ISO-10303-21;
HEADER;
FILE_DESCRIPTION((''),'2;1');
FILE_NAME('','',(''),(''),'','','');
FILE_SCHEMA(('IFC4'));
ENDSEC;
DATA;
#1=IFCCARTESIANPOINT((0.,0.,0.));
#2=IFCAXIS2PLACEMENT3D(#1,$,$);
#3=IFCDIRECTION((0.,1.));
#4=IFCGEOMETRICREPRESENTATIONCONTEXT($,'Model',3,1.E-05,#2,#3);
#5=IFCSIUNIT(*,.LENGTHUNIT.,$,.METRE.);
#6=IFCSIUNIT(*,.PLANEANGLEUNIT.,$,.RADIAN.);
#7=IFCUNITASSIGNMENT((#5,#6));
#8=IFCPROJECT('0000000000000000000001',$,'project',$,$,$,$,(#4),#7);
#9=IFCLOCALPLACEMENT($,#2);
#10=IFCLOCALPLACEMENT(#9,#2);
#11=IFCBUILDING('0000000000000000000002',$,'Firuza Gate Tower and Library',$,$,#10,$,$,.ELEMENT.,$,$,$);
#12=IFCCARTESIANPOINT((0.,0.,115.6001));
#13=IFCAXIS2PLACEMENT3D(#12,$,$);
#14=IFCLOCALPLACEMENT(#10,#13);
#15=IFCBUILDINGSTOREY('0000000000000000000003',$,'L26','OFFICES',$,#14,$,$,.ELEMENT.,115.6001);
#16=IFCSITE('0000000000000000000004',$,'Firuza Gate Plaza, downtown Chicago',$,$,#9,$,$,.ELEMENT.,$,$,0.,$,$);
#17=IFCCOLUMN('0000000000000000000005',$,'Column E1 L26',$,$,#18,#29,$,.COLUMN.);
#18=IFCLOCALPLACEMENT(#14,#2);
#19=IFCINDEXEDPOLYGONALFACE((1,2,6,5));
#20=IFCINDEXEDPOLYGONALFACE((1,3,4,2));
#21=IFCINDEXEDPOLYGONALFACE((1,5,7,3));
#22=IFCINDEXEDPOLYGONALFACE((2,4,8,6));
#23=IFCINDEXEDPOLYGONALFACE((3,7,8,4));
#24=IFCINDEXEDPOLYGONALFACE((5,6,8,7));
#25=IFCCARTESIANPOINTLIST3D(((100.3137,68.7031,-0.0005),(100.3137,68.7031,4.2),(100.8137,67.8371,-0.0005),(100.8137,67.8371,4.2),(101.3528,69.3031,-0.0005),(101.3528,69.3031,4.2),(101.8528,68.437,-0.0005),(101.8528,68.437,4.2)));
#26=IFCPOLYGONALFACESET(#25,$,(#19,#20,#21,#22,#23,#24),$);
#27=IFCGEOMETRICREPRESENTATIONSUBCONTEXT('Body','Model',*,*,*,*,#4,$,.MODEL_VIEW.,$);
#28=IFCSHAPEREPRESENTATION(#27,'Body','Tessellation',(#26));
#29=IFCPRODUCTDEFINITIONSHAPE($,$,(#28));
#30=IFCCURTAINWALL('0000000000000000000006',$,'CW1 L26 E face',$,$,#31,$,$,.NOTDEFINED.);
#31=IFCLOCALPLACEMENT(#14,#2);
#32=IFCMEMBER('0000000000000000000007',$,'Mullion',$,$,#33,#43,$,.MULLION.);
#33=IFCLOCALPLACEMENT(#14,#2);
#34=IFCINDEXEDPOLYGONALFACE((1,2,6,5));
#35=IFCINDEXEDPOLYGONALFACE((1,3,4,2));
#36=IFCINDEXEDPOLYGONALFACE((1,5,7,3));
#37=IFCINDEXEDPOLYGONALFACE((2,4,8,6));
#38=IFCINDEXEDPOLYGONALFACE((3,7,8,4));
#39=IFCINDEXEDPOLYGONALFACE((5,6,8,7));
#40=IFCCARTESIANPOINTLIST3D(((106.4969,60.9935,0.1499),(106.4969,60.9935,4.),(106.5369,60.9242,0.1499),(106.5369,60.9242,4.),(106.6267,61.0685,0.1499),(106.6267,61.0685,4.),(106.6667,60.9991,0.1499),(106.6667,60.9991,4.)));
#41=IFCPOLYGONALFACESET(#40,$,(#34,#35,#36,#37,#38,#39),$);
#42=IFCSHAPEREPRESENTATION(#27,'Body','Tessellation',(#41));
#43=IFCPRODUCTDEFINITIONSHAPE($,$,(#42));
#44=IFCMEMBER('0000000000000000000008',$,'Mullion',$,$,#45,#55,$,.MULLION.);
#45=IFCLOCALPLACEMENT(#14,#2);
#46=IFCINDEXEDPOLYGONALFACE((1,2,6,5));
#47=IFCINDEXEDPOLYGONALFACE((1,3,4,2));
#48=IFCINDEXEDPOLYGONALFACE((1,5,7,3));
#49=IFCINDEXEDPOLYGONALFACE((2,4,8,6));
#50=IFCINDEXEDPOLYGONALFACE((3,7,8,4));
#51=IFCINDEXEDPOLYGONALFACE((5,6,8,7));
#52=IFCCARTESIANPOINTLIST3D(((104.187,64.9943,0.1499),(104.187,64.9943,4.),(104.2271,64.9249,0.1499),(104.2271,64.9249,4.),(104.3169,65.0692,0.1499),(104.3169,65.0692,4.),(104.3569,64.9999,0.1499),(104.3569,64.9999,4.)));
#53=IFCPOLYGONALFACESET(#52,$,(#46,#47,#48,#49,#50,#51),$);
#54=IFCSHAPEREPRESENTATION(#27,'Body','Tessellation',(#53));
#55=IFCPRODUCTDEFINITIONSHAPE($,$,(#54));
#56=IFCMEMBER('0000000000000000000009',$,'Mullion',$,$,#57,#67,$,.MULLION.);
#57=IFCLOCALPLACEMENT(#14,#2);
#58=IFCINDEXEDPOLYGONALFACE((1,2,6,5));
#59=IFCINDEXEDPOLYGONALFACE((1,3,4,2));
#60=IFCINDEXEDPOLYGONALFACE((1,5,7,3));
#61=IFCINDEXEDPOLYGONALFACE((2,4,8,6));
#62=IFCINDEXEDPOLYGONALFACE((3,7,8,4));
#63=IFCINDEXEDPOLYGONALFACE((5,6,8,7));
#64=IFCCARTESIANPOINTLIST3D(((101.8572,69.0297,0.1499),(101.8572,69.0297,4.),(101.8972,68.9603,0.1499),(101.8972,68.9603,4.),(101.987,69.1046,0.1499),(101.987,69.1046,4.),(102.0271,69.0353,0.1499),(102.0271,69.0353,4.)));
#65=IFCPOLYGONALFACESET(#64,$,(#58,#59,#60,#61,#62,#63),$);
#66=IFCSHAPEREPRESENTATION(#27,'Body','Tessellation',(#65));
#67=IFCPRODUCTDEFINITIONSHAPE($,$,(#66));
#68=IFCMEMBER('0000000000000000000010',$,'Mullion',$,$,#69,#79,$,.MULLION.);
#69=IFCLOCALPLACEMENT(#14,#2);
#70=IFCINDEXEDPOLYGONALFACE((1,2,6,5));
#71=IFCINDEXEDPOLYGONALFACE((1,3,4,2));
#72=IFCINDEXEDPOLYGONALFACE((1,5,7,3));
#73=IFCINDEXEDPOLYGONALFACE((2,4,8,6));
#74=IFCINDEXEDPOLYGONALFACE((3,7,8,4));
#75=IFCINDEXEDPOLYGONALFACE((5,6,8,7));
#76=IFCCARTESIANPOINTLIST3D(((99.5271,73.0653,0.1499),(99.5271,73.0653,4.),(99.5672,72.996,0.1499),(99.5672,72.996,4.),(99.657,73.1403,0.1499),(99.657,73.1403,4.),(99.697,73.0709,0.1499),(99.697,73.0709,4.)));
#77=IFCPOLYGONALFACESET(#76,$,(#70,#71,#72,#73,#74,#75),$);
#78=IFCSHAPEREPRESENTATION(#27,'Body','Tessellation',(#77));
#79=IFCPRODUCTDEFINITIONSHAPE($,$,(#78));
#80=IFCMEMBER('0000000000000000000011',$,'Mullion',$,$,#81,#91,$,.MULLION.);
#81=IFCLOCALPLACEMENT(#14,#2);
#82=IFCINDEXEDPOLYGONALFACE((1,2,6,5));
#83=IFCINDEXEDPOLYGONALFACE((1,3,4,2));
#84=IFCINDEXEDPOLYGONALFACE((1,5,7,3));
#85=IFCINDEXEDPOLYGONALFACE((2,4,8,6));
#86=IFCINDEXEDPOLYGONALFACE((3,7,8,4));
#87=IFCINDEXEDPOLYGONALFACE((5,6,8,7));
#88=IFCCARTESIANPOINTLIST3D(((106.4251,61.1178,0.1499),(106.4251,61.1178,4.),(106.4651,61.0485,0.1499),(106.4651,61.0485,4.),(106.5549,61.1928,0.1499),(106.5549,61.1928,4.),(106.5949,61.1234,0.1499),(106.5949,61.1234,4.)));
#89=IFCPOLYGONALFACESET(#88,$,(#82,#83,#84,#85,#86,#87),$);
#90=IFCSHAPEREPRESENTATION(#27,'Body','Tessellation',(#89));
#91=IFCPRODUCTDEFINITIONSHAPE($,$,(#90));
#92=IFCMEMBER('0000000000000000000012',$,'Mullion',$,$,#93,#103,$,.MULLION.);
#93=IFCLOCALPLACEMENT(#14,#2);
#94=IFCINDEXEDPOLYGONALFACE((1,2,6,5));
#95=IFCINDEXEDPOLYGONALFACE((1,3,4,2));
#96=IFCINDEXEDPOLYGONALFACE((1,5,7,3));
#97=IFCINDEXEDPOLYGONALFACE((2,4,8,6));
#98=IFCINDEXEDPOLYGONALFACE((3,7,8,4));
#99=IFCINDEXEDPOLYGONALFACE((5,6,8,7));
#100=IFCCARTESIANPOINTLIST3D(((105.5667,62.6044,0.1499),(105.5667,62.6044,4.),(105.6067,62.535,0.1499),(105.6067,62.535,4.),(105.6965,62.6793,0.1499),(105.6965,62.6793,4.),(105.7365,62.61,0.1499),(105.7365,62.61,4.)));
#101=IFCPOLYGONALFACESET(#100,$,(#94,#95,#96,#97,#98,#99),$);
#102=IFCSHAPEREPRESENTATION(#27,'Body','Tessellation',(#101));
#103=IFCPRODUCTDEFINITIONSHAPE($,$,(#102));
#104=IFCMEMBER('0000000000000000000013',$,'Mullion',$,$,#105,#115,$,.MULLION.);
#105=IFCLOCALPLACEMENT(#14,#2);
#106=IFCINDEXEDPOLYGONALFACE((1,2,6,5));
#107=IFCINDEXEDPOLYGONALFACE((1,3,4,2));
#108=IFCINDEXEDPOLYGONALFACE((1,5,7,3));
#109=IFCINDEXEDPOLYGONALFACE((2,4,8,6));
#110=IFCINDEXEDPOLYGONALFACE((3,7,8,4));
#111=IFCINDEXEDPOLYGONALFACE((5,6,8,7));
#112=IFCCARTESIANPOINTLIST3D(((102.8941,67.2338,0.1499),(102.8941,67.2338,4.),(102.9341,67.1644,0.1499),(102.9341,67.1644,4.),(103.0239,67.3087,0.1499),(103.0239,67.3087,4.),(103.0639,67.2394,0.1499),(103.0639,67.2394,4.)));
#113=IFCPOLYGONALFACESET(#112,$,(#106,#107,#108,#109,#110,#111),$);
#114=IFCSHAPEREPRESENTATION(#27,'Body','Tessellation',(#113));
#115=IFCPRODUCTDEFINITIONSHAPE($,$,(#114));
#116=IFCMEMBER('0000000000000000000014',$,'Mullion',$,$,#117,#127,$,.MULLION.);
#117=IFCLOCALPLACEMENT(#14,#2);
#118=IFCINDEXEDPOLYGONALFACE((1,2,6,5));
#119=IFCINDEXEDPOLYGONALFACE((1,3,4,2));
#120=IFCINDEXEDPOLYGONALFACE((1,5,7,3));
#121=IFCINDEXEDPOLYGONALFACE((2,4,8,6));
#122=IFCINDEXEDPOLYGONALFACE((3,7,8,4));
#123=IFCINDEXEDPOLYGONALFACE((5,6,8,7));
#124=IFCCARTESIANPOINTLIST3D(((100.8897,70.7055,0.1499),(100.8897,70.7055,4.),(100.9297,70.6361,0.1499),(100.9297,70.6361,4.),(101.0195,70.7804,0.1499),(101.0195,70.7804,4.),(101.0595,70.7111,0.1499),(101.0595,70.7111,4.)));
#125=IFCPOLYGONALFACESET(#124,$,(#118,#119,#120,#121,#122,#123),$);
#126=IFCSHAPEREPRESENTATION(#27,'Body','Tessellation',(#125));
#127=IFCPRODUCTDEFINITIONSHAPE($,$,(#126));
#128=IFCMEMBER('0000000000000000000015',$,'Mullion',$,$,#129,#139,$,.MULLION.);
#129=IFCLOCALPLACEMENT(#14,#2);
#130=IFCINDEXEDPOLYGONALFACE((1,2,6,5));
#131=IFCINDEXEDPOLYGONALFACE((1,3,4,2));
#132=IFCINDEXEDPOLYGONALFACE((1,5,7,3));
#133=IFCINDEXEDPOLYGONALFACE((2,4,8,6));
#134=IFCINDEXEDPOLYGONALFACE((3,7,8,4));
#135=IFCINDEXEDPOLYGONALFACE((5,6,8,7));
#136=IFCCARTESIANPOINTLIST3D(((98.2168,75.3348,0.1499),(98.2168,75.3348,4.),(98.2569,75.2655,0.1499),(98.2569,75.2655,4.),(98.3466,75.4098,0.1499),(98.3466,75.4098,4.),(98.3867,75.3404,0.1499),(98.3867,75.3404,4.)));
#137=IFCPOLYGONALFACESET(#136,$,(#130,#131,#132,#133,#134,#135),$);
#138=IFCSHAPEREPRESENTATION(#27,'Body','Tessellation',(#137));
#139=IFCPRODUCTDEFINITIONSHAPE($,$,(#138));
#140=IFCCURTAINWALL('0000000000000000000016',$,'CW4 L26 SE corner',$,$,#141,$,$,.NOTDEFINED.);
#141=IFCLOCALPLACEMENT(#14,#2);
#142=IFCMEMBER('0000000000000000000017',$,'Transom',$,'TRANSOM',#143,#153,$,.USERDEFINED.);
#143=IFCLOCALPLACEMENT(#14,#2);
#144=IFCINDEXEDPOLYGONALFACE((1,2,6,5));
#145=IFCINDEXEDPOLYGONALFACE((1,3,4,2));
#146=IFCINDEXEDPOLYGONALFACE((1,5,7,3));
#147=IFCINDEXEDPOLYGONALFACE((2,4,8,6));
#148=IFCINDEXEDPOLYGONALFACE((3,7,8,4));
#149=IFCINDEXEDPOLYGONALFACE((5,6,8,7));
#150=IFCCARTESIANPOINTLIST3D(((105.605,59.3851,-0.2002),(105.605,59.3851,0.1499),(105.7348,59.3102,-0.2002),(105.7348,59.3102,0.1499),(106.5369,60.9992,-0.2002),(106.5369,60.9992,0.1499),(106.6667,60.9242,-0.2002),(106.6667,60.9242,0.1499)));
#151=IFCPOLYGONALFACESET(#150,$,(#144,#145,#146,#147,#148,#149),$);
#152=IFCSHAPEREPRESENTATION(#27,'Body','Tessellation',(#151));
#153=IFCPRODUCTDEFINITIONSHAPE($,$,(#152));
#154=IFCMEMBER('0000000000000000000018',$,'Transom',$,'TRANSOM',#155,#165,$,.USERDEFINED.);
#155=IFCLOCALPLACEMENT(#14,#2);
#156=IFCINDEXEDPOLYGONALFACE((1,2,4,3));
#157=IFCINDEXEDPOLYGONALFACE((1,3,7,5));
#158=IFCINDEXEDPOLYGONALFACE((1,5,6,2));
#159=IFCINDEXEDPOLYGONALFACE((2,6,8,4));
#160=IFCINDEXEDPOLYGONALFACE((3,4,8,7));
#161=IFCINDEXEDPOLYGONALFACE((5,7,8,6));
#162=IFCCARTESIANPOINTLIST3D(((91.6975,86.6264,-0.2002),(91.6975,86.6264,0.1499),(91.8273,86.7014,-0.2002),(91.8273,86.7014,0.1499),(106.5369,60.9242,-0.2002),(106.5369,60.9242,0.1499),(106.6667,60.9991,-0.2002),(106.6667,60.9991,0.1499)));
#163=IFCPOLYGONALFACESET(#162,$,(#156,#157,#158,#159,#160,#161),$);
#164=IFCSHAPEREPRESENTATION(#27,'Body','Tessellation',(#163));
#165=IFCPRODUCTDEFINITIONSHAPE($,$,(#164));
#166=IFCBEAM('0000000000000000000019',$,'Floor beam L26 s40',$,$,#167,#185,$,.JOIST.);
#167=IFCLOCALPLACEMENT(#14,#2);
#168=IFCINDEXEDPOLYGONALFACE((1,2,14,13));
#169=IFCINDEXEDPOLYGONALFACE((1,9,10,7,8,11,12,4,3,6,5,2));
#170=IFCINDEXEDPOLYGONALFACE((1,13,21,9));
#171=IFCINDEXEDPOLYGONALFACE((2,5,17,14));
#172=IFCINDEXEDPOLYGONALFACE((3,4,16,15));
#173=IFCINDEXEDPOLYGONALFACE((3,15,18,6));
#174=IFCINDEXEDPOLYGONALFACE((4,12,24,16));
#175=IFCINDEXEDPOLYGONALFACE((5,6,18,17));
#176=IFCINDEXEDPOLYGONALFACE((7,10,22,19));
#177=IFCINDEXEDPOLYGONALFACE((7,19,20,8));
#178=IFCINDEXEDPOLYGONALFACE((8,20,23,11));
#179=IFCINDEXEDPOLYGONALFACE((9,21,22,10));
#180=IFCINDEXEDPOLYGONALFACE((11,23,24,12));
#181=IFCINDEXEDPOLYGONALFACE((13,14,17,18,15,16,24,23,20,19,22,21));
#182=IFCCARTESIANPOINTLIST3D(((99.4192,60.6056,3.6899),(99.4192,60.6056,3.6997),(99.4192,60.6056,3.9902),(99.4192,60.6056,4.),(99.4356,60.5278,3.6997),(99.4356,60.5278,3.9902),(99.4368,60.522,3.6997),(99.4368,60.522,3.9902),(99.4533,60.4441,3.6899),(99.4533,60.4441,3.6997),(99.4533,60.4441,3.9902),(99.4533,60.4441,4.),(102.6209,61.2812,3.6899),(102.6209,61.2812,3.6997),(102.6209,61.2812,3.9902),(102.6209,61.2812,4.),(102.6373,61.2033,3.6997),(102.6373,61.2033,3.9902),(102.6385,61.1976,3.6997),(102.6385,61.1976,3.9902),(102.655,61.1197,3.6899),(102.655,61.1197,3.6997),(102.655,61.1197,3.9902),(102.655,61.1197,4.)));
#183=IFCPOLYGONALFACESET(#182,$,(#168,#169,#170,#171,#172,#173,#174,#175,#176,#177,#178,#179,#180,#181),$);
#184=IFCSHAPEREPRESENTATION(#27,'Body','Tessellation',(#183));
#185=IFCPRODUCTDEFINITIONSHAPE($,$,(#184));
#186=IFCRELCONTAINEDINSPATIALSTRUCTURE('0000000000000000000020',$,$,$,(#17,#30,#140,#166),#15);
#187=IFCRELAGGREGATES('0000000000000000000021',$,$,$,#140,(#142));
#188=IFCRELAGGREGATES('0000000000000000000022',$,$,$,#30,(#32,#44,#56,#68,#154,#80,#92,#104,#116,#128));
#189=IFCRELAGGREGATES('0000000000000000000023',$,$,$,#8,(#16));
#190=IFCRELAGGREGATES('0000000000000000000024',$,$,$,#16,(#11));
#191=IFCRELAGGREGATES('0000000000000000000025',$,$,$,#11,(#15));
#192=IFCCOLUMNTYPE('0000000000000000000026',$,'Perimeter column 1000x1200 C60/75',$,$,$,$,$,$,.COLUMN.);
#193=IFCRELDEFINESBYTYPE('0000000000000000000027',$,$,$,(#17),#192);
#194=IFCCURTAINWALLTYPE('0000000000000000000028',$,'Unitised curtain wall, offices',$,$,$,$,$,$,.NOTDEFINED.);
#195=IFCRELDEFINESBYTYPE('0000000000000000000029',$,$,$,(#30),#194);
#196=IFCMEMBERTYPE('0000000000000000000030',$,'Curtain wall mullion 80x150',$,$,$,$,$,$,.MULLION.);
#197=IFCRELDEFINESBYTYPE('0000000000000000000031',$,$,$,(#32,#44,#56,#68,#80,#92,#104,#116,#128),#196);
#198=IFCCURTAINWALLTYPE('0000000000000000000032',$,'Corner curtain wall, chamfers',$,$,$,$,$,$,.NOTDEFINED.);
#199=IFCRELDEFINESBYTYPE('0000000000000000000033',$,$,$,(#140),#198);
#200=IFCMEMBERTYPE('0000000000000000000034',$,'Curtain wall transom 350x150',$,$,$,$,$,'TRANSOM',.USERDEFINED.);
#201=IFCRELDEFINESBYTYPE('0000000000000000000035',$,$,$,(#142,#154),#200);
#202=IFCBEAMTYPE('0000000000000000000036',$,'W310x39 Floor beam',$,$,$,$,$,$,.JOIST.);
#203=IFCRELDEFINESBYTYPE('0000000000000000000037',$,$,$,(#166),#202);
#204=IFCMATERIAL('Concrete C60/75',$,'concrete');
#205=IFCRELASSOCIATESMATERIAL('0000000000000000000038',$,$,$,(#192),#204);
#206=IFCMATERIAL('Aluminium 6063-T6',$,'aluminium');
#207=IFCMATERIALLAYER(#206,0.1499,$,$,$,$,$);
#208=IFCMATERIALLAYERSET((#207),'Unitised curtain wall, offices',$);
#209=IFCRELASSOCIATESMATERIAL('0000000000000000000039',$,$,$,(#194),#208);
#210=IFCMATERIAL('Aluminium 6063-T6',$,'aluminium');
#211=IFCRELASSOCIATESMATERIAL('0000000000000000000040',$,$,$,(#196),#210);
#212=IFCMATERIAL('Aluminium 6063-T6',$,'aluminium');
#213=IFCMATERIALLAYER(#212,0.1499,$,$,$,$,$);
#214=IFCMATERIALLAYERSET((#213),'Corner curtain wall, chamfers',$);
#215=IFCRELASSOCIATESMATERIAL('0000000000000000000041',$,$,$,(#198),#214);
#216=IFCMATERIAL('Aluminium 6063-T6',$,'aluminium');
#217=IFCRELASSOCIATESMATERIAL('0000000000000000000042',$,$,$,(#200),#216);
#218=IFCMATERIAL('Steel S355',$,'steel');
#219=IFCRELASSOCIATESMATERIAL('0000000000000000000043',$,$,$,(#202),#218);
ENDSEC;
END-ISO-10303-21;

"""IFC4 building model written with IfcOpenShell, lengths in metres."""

from ifc_helpers import new_model, si_unit, direction, frame, origin, origin_2d, place, context, subcontext, project, spatial, rectangle, i_section, extrude, material, layer, layer_set, material_profile, profile_set, type_object, element, aggregate, save


model = new_model("IFC4")

# Units and contexts
model_context = context("Model", 3, precision=1e-05, world=origin(), true_north=direction((0.0, 1.0)))
body_context = subcontext(model_context, "Body", "Model", "MODEL_VIEW")
ifc_project = project(units=[si_unit("LENGTHUNIT", "METRE"), si_unit("PLANEANGLEUNIT", "RADIAN")], contexts=[model_context])

# Site, building, storey
site_placement = place(None, origin())
site = spatial("IfcSite", under=ifc_project, at=site_placement, Name="Firuza Gate Plaza, downtown Chicago", CompositionType="ELEMENT", RefElevation=0.0)
building_placement = place(site_placement, origin())
building = spatial("IfcBuilding", under=site, at=building_placement, Name="Firuza Gate Tower and Library", CompositionType="ELEMENT")
storey_placement = place(building_placement, frame((0.0, 0.0, 115.6001)))
storey = spatial("IfcBuildingStorey", under=building, at=storey_placement, Name="L26", Description="OFFICES", CompositionType="ELEMENT", Elevation=115.6001)

# Column
ifc_material_1 = material(Name="Concrete C60/75", Category="concrete")
ifc_material_profile_1 = material_profile(ifc_material_1, rectangle(XDim=1.0, YDim=1.2, at=origin_2d()))
ifc_profile_set_1 = profile_set([ifc_material_profile_1], Name="Concrete C60/75")
column_type = type_object("IfcColumnType", Name="Perimeter column 1000x1200 C60/75", PredefinedType="COLUMN", material=ifc_profile_set_1)
column_placement = place(storey_placement, frame((101.0833, 68.5701, -0.0005), z_axis=(0.0, 0.0, 1.0), x_axis=(-0.5, 0.866025, 0.0)))
element("IfcColumn", 1, at=column_placement, inside=storey, type_object=column_type, Name="Column E1 L26", PredefinedType="COLUMN", context=body_context, shape_type="SweptSolid", body=[
    extrude(rectangle(XDim=1.0, YDim=1.2, at=origin_2d()), origin(), (0.0, 0.0, 1.0), 4.2004),
])

# Curtain wall, members
ifc_material_2 = material(Name="Aluminium 6063-T6", Category="aluminium")
ifc_layer_1 = layer(ifc_material_2, 0.1499)
ifc_layer_set_1 = layer_set([ifc_layer_1], Name="Unitised curtain wall, offices")
curtain_wall_type_1 = type_object("IfcCurtainWallType", Name="Unitised curtain wall, offices", PredefinedType="NOTDEFINED", material=ifc_layer_set_1)
placement = place(storey_placement, origin())
curtain_wall_1 = element("IfcCurtainWall", 2, at=placement, inside=storey, type_object=curtain_wall_type_1, Name="CW1 L26 E face", PredefinedType="NOTDEFINED")
ifc_material_3 = material(Name="Aluminium 6063-T6", Category="aluminium")
ifc_material_profile_2 = material_profile(ifc_material_3, rectangle(XDim=0.1499, YDim=0.0801, at=origin_2d()))
ifc_profile_set_2 = profile_set([ifc_material_profile_2], Name="Aluminium 6063-T6")
member_type_1 = type_object("IfcMemberType", Name="Curtain wall mullion 80x150", PredefinedType="MULLION", material=ifc_profile_set_2)
member_1_placement = place(storey_placement, frame((106.5818, 60.9963, 0.1499), z_axis=(0.0, 0.0, 1.0), x_axis=(-0.866025, -0.5, 0.0)))
member_1 = element("IfcMember", 3, at=member_1_placement, type_object=member_type_1, Name="Mullion", PredefinedType="MULLION", context=body_context, shape_type="SweptSolid", body=[
    extrude(rectangle(XDim=0.1499, YDim=0.0801, at=origin_2d()), origin(), (0.0, 0.0, 1.0), 3.8501),
])
member_2_placement = place(storey_placement, frame((104.272, 64.9971, 0.1499), z_axis=(0.0, 0.0, 1.0), x_axis=(-0.866025, -0.5, 0.0)))
member_2 = element("IfcMember", 4, at=member_2_placement, type_object=member_type_1, Name="Mullion", PredefinedType="MULLION", context=body_context, shape_type="SweptSolid", body=[
    extrude(rectangle(XDim=0.1499, YDim=0.0801, at=origin_2d()), origin(), (0.0, 0.0, 1.0), 3.8501),
])
member_3_placement = place(storey_placement, frame((101.9421, 69.0325, 0.1499), z_axis=(0.0, 0.0, 1.0), x_axis=(-0.866025, -0.5, 0.0)))
member_3 = element("IfcMember", 5, at=member_3_placement, type_object=member_type_1, Name="Mullion", PredefinedType="MULLION", context=body_context, shape_type="SweptSolid", body=[
    extrude(rectangle(XDim=0.1499, YDim=0.0801, at=origin_2d()), origin(), (0.0, 0.0, 1.0), 3.8501),
])
member_4_placement = place(storey_placement, frame((99.6121, 73.0681, 0.1499), z_axis=(0.0, 0.0, 1.0), x_axis=(-0.866025, -0.5, 0.0)))
member_4 = element("IfcMember", 6, at=member_4_placement, type_object=member_type_1, Name="Mullion", PredefinedType="MULLION", context=body_context, shape_type="SweptSolid", body=[
    extrude(rectangle(XDim=0.1499, YDim=0.0801, at=origin_2d()), origin(), (0.0, 0.0, 1.0), 3.8501),
])
member_5_placement = place(storey_placement, frame((106.51, 61.1206, 0.1499), z_axis=(0.0, 0.0, 1.0), x_axis=(-0.866025, -0.5, 0.0)))
member_5 = element("IfcMember", 7, at=member_5_placement, type_object=member_type_1, Name="Mullion", PredefinedType="MULLION", context=body_context, shape_type="SweptSolid", body=[
    extrude(rectangle(XDim=0.1499, YDim=0.0801, at=origin_2d()), origin(), (0.0, 0.0, 1.0), 3.8501),
])
member_6_placement = place(storey_placement, frame((105.6516, 62.6072, 0.1499), z_axis=(0.0, 0.0, 1.0), x_axis=(-0.866025, -0.5, 0.0)))
member_6 = element("IfcMember", 8, at=member_6_placement, type_object=member_type_1, Name="Mullion", PredefinedType="MULLION", context=body_context, shape_type="SweptSolid", body=[
    extrude(rectangle(XDim=0.1499, YDim=0.0801, at=origin_2d()), origin(), (0.0, 0.0, 1.0), 3.8501),
])
member_7_placement = place(storey_placement, frame((102.979, 67.2366, 0.1499), z_axis=(0.0, 0.0, 1.0), x_axis=(-0.866025, -0.5, 0.0)))
member_7 = element("IfcMember", 9, at=member_7_placement, type_object=member_type_1, Name="Mullion", PredefinedType="MULLION", context=body_context, shape_type="SweptSolid", body=[
    extrude(rectangle(XDim=0.1499, YDim=0.0801, at=origin_2d()), origin(), (0.0, 0.0, 1.0), 3.8501),
])
member_8_placement = place(storey_placement, frame((100.9746, 70.7083, 0.1499), z_axis=(0.0, 0.0, 1.0), x_axis=(-0.866025, -0.5, 0.0)))
member_8 = element("IfcMember", 10, at=member_8_placement, type_object=member_type_1, Name="Mullion", PredefinedType="MULLION", context=body_context, shape_type="SweptSolid", body=[
    extrude(rectangle(XDim=0.1499, YDim=0.0801, at=origin_2d()), origin(), (0.0, 0.0, 1.0), 3.8501),
])
member_9_placement = place(storey_placement, frame((98.3018, 75.3376, 0.1499), z_axis=(0.0, 0.0, 1.0), x_axis=(-0.866025, -0.5, 0.0)))
member_9 = element("IfcMember", 11, at=member_9_placement, type_object=member_type_1, Name="Mullion", PredefinedType="MULLION", context=body_context, shape_type="SweptSolid", body=[
    extrude(rectangle(XDim=0.1499, YDim=0.0801, at=origin_2d()), origin(), (0.0, 0.0, 1.0), 3.8501),
])

# Curtain wall, member
ifc_material_4 = material(Name="Aluminium 6063-T6", Category="aluminium")
ifc_layer_2 = layer(ifc_material_4, 0.1499)
ifc_layer_set_2 = layer_set([ifc_layer_2], Name="Corner curtain wall, chamfers")
curtain_wall_type_2 = type_object("IfcCurtainWallType", Name="Corner curtain wall, chamfers", PredefinedType="NOTDEFINED", material=ifc_layer_set_2)
curtain_wall_2 = element("IfcCurtainWall", 12, at=placement, inside=storey, type_object=curtain_wall_type_2, Name="CW4 L26 SE corner", PredefinedType="NOTDEFINED")
ifc_material_5 = material(Name="Aluminium 6063-T6", Category="aluminium")
ifc_material_profile_3 = material_profile(ifc_material_5, rectangle(XDim=0.1499, YDim=0.3501, at=origin_2d()))
ifc_profile_set_3 = profile_set([ifc_material_profile_3], Name="Aluminium 6063-T6")
member_type_2 = type_object("IfcMemberType", Name="Curtain wall transom 350x150", ElementType="TRANSOM", PredefinedType="USERDEFINED", material=ifc_profile_set_3)
member_10_placement = place(storey_placement, frame((105.6699, 59.3477, -0.0251), z_axis=(0.500013, 0.866018, 0.0), x_axis=(-0.866018, 0.500013, 0.0)))
member_10 = element("IfcMember", 13, at=member_10_placement, type_object=member_type_2, Name="Transom", ObjectType="TRANSOM", PredefinedType="USERDEFINED", context=body_context, shape_type="SweptSolid", body=[
    extrude(rectangle(XDim=0.1499, YDim=0.3501, at=origin_2d()), origin(), (0.0, 0.0, 1.0), 1.8638),
])
aggregate(curtain_wall_2, [member_10])

# Member
member_11_placement = place(storey_placement, frame((106.6018, 60.9617, -0.0251), z_axis=(-0.500005, 0.866022, 0.0), x_axis=(-0.866022, -0.500005, 0.0)))
member_11 = element("IfcMember", 14, at=member_11_placement, type_object=member_type_2, Name="Transom", ObjectType="TRANSOM", PredefinedType="USERDEFINED", context=body_context, shape_type="SweptSolid", body=[
    extrude(rectangle(XDim=0.1499, YDim=0.3501, at=origin_2d()), origin(), (0.0, 0.0, 1.0), 29.6785),
])

# Beam
ifc_material_6 = material(Name="Steel S355", Category="steel")
ifc_material_profile_4 = material_profile(ifc_material_6, i_section(OverallWidth=0.165, OverallDepth=0.3101, WebThickness=0.0059, FlangeThickness=0.0098, at=origin_2d()))
ifc_profile_set_4 = profile_set([ifc_material_profile_4], Name="Steel S355")
beam_type_1 = type_object("IfcBeamType", Name="W310x39 Floor beam", PredefinedType="JOIST", material=ifc_profile_set_4)
beam_1_placement = place(storey_placement, frame((102.6379, 61.2004, 3.845), z_axis=(-0.978457, -0.20645, 0.0), x_axis=(0.20645, -0.978457, 0.0)))
element("IfcBeam", 15, at=beam_1_placement, inside=storey, type_object=beam_type_1, Name="Floor beam L26 s40", PredefinedType="JOIST", context=body_context, shape_type="SweptSolid", body=[
    extrude(i_section(OverallWidth=0.165, OverallDepth=0.3101, WebThickness=0.0059, FlangeThickness=0.0098, at=origin_2d()), origin(), (0.0, 0.0, 1.0), 3.2722),
])

aggregate(curtain_wall_1, [member_1, member_2, member_3, member_4, member_11, member_5, member_6, member_7, member_8, member_9])

save(model, "model.ifc")
